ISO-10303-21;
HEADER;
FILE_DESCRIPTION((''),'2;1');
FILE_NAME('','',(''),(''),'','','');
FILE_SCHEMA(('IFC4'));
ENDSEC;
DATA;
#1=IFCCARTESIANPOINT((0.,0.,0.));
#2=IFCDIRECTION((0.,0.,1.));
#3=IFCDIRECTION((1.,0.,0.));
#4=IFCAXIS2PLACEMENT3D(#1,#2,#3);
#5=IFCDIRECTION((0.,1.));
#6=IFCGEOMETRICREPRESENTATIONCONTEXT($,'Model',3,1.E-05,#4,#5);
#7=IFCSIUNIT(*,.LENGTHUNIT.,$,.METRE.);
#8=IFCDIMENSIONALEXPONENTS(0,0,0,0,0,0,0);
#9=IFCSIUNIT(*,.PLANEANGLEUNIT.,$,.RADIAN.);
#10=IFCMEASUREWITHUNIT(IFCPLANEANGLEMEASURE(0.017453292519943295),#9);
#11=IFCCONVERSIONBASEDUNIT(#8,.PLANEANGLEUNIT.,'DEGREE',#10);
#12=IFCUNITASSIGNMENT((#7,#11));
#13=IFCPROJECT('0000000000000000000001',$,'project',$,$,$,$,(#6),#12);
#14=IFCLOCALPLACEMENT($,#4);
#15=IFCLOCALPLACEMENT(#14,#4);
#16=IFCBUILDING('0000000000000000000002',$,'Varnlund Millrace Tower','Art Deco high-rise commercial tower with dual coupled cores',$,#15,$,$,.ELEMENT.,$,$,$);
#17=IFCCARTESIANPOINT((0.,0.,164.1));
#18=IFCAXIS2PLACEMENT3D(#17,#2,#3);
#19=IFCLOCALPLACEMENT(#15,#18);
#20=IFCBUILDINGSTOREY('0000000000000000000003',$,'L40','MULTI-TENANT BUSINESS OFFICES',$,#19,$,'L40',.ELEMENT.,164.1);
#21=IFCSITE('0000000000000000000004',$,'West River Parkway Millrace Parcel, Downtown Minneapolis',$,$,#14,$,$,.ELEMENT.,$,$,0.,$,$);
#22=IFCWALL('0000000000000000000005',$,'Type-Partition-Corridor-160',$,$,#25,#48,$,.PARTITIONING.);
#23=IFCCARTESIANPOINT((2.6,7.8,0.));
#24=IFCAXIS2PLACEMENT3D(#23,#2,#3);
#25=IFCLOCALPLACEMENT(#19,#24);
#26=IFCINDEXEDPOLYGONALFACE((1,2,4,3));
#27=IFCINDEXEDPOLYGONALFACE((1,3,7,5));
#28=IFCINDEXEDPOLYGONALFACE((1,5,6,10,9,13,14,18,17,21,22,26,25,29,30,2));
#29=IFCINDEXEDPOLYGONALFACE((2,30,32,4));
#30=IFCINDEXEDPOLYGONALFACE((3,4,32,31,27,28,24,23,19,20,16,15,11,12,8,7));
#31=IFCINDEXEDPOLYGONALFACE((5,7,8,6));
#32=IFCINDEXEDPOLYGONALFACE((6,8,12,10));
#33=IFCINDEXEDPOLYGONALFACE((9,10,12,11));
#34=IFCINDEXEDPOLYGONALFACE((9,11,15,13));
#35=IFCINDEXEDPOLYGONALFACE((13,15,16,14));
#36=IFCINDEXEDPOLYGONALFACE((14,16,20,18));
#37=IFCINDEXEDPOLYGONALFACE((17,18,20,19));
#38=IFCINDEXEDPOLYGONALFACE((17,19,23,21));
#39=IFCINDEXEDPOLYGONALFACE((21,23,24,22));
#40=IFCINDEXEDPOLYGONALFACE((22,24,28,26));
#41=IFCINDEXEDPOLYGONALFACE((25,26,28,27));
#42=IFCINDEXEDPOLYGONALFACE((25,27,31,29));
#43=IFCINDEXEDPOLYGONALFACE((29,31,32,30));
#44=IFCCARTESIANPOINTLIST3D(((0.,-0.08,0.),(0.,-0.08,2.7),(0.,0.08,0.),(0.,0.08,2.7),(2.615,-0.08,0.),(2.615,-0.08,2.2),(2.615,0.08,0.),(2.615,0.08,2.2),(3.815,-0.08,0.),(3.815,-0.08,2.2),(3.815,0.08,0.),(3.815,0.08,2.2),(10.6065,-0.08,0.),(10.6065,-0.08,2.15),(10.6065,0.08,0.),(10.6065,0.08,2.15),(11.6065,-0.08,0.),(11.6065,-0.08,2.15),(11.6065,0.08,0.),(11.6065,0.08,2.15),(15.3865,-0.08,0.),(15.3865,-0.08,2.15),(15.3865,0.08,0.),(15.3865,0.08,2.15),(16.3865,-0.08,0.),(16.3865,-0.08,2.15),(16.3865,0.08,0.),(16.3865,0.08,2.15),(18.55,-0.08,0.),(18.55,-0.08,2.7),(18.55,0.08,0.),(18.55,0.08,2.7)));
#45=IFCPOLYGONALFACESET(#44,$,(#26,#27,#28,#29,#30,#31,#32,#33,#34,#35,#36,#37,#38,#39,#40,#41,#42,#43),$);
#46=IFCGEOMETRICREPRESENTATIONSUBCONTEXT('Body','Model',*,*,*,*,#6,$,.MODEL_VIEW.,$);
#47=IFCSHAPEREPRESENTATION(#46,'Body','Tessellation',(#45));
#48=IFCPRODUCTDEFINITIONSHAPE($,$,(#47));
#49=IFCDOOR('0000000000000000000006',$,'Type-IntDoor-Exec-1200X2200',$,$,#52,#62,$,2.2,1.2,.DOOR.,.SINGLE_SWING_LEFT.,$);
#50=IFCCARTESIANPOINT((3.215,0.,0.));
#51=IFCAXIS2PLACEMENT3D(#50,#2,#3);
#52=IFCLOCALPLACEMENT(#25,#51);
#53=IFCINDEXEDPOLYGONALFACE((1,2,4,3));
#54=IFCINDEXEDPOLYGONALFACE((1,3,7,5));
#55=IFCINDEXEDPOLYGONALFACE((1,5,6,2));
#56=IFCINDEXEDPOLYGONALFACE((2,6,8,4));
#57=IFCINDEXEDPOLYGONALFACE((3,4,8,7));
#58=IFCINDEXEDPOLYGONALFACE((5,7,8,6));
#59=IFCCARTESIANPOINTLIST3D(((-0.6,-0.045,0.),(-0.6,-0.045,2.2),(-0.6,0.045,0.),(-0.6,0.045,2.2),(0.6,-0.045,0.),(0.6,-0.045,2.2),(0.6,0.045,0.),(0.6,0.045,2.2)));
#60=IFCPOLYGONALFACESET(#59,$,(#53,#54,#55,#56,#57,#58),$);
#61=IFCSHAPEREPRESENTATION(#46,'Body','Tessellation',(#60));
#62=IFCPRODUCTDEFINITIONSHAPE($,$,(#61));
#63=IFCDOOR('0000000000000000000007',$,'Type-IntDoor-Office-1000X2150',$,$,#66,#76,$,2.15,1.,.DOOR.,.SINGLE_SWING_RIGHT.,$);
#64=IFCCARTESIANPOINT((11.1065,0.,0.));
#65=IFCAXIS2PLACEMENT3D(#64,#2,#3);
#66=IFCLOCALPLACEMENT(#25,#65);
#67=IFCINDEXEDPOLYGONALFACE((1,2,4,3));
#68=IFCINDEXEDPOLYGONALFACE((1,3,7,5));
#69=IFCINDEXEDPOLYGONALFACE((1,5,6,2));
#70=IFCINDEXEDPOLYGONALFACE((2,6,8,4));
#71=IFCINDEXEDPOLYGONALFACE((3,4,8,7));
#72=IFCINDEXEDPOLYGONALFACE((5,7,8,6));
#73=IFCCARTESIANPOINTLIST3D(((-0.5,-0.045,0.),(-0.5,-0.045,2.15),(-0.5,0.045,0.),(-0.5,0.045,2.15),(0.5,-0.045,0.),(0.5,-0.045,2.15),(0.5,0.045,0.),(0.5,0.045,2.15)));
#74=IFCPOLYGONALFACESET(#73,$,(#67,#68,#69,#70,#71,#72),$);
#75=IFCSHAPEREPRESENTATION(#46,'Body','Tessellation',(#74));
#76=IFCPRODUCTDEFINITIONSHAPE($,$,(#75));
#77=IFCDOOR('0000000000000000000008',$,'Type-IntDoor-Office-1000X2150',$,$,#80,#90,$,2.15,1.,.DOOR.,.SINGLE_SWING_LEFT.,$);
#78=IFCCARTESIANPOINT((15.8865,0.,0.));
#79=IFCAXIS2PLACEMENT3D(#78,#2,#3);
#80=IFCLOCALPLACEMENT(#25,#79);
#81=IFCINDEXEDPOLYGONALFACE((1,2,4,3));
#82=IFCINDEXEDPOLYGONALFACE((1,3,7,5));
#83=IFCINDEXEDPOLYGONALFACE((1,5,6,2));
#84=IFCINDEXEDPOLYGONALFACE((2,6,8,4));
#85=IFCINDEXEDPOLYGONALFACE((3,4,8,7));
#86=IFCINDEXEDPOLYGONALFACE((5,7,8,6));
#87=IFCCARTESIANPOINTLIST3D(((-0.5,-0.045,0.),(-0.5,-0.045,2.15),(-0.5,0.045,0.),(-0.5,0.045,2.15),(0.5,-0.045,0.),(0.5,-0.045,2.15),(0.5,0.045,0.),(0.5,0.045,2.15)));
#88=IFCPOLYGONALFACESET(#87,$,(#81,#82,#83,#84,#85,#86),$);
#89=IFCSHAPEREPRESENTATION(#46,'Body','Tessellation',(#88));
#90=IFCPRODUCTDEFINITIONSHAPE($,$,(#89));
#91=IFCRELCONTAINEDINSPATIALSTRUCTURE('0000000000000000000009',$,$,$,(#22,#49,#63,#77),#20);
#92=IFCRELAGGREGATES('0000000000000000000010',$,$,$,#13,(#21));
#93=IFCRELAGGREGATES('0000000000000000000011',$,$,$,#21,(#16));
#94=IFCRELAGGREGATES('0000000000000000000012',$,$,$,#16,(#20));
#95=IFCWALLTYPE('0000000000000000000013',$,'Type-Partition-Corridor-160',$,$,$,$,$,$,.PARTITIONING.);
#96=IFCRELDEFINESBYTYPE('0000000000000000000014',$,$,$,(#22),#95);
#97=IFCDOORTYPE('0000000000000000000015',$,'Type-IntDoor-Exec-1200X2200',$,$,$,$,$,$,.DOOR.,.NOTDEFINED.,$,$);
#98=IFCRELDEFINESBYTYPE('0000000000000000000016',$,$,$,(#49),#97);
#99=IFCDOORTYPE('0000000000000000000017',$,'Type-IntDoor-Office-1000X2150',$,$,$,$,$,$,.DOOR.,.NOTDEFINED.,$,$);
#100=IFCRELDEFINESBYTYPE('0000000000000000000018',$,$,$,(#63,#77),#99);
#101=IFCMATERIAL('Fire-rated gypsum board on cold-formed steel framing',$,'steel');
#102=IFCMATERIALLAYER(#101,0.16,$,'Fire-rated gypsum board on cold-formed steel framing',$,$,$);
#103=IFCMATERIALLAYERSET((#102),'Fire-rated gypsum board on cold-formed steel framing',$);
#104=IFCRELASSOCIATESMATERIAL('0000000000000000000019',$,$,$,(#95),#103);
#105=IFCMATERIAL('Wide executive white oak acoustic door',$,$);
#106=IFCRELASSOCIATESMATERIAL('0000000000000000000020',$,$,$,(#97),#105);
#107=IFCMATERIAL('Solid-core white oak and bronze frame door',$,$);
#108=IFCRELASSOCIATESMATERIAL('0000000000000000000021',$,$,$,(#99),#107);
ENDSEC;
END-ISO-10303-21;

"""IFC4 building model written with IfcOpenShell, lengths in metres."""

from ifc_helpers import new_model, entity, si_unit, converted_unit, direction, frame, origin_with_axes, origin_2d_with_axis, place, context, subcontext, project, spatial, polyline, rectangle, outline, extrude, material, layer, layer_set, type_object, element, fill, save


model = new_model("IFC4")

# Units and contexts
model_context = context("Model", 3, precision=1e-05, world=origin_with_axes(), true_north=direction((0.0, 1.0)))
body_context = subcontext(model_context, "Body", "Model", "MODEL_VIEW")
ifc_project = project(units=[si_unit("LENGTHUNIT", "METRE"), converted_unit("PLANEANGLEUNIT", "DEGREE", entity("IfcPlaneAngleMeasure", 0.017453292519943295), si_unit("PLANEANGLEUNIT", "RADIAN"), dimensions=[0, 0, 0, 0, 0, 0, 0])], contexts=[model_context])

# Site, building, storey
site_placement = place(None, origin_with_axes())
site = spatial("IfcSite", under=ifc_project, at=site_placement, Name="West River Parkway Millrace Parcel, Downtown Minneapolis", CompositionType="ELEMENT", RefElevation=0.0)
building_placement = place(site_placement, origin_with_axes())
building = spatial("IfcBuilding", under=site, at=building_placement, Name="Varnlund Millrace Tower", Description="Art Deco high-rise commercial tower with dual coupled cores", CompositionType="ELEMENT")
storey_placement = place(building_placement, frame((0.0, 0.0, 164.1), z_axis=(0.0, 0.0, 1.0), x_axis=(1.0, 0.0, 0.0)))
storey = spatial("IfcBuildingStorey", under=building, at=storey_placement, Name="L40", Description="MULTI-TENANT BUSINESS OFFICES", LongName="L40", CompositionType="ELEMENT", Elevation=164.1)

# Wall, openings, doors
ifc_material_1 = material(Name="Fire-rated gypsum board on cold-formed steel framing", Category="steel")
ifc_layer_1 = layer(ifc_material_1, 0.16, Name="Fire-rated gypsum board on cold-formed steel framing")
ifc_layer_set_1 = layer_set([ifc_layer_1], Name="Fire-rated gypsum board on cold-formed steel framing")
wall_type_1 = type_object("IfcWallType", Name="Type-Partition-Corridor-160", PredefinedType="PARTITIONING", material=ifc_layer_set_1)
wall_1_placement = place(storey_placement, frame((2.6, 7.8, 0.0), z_axis=(0.0, 0.0, 1.0), x_axis=(1.0, 0.0, 0.0)))
wall_1 = element("IfcWall", 1, at=wall_1_placement, inside=storey, type_object=wall_type_1, Name="Type-Partition-Corridor-160", PredefinedType="PARTITIONING", context=body_context, shape_type="SweptSolid", body=[
    extrude(outline(polyline([(0.0, -0.08), (18.55, -0.08), (18.55, 0.08), (0.0, 0.08), (0.0, -0.08)])), origin_with_axes(), (0.0, 0.0, 1.0), 2.7),
])
opening_1_placement = place(wall_1_placement, frame((3.215, 0.0, 0.0), z_axis=(0.0, 0.0, 1.0), x_axis=(1.0, 0.0, 0.0)))
opening_1 = element("IfcOpeningElement", 2, at=opening_1_placement, cuts=wall_1, PredefinedType="OPENING", context=body_context, shape_type="SweptSolid", body=[
    extrude(rectangle(XDim=1.2, YDim=0.18, at=origin_2d_with_axis()), origin_with_axes(), (0.0, 0.0, 1.0), 2.2),
])
opening_2_placement = place(wall_1_placement, frame((11.1065, 0.0, 0.0), z_axis=(0.0, 0.0, 1.0), x_axis=(1.0, 0.0, 0.0)))
opening_2 = element("IfcOpeningElement", 3, at=opening_2_placement, cuts=wall_1, PredefinedType="OPENING", context=body_context, shape_type="SweptSolid", body=[
    extrude(rectangle(XDim=1.0, YDim=0.18, at=origin_2d_with_axis()), origin_with_axes(), (0.0, 0.0, 1.0), 2.15),
])
opening_3_placement = place(wall_1_placement, frame((15.8865, 0.0, 0.0), z_axis=(0.0, 0.0, 1.0), x_axis=(1.0, 0.0, 0.0)))
opening_3 = element("IfcOpeningElement", 4, at=opening_3_placement, cuts=wall_1, PredefinedType="OPENING", context=body_context, shape_type="SweptSolid", body=[
    extrude(rectangle(XDim=1.0, YDim=0.18, at=origin_2d_with_axis()), origin_with_axes(), (0.0, 0.0, 1.0), 2.15),
])
ifc_material_2 = material(Name="Wide executive white oak acoustic door")
door_type_1 = type_object("IfcDoorType", Name="Type-IntDoor-Exec-1200X2200", OperationType="NOTDEFINED", PredefinedType="DOOR", material=ifc_material_2)
door_1_placement = place(wall_1_placement, frame((3.215, 0.0, 0.0), z_axis=(0.0, 0.0, 1.0), x_axis=(1.0, 0.0, 0.0)))
door_1 = element("IfcDoor", 5, at=door_1_placement, inside=storey, type_object=door_type_1, Name="Type-IntDoor-Exec-1200X2200", OperationType="SINGLE_SWING_LEFT", OverallHeight=2.2, OverallWidth=1.2, PredefinedType="DOOR", context=body_context, shape_type="SweptSolid", body=[
    extrude(rectangle(XDim=1.2, YDim=0.09, at=origin_2d_with_axis()), origin_with_axes(), (0.0, 0.0, 1.0), 2.2),
])
fill(opening_1, door_1)
ifc_material_3 = material(Name="Solid-core white oak and bronze frame door")
door_type_2 = type_object("IfcDoorType", Name="Type-IntDoor-Office-1000X2150", OperationType="NOTDEFINED", PredefinedType="DOOR", material=ifc_material_3)
door_2_placement = place(wall_1_placement, frame((11.1065, 0.0, 0.0), z_axis=(0.0, 0.0, 1.0), x_axis=(1.0, 0.0, 0.0)))
door_2 = element("IfcDoor", 6, at=door_2_placement, inside=storey, type_object=door_type_2, Name="Type-IntDoor-Office-1000X2150", OperationType="SINGLE_SWING_RIGHT", OverallHeight=2.15, OverallWidth=1.0, PredefinedType="DOOR", context=body_context, shape_type="SweptSolid", body=[
    extrude(rectangle(XDim=1.0, YDim=0.09, at=origin_2d_with_axis()), origin_with_axes(), (0.0, 0.0, 1.0), 2.15),
])
fill(opening_2, door_2)
door_3_placement = place(wall_1_placement, frame((15.8865, 0.0, 0.0), z_axis=(0.0, 0.0, 1.0), x_axis=(1.0, 0.0, 0.0)))
door_3 = element("IfcDoor", 7, at=door_3_placement, inside=storey, type_object=door_type_2, Name="Type-IntDoor-Office-1000X2150", OperationType="SINGLE_SWING_LEFT", OverallHeight=2.15, OverallWidth=1.0, PredefinedType="DOOR", context=body_context, shape_type="SweptSolid", body=[
    extrude(rectangle(XDim=1.0, YDim=0.09, at=origin_2d_with_axis()), origin_with_axes(), (0.0, 0.0, 1.0), 2.15),
])
fill(opening_3, door_3)

save(model, "model.ifc")
